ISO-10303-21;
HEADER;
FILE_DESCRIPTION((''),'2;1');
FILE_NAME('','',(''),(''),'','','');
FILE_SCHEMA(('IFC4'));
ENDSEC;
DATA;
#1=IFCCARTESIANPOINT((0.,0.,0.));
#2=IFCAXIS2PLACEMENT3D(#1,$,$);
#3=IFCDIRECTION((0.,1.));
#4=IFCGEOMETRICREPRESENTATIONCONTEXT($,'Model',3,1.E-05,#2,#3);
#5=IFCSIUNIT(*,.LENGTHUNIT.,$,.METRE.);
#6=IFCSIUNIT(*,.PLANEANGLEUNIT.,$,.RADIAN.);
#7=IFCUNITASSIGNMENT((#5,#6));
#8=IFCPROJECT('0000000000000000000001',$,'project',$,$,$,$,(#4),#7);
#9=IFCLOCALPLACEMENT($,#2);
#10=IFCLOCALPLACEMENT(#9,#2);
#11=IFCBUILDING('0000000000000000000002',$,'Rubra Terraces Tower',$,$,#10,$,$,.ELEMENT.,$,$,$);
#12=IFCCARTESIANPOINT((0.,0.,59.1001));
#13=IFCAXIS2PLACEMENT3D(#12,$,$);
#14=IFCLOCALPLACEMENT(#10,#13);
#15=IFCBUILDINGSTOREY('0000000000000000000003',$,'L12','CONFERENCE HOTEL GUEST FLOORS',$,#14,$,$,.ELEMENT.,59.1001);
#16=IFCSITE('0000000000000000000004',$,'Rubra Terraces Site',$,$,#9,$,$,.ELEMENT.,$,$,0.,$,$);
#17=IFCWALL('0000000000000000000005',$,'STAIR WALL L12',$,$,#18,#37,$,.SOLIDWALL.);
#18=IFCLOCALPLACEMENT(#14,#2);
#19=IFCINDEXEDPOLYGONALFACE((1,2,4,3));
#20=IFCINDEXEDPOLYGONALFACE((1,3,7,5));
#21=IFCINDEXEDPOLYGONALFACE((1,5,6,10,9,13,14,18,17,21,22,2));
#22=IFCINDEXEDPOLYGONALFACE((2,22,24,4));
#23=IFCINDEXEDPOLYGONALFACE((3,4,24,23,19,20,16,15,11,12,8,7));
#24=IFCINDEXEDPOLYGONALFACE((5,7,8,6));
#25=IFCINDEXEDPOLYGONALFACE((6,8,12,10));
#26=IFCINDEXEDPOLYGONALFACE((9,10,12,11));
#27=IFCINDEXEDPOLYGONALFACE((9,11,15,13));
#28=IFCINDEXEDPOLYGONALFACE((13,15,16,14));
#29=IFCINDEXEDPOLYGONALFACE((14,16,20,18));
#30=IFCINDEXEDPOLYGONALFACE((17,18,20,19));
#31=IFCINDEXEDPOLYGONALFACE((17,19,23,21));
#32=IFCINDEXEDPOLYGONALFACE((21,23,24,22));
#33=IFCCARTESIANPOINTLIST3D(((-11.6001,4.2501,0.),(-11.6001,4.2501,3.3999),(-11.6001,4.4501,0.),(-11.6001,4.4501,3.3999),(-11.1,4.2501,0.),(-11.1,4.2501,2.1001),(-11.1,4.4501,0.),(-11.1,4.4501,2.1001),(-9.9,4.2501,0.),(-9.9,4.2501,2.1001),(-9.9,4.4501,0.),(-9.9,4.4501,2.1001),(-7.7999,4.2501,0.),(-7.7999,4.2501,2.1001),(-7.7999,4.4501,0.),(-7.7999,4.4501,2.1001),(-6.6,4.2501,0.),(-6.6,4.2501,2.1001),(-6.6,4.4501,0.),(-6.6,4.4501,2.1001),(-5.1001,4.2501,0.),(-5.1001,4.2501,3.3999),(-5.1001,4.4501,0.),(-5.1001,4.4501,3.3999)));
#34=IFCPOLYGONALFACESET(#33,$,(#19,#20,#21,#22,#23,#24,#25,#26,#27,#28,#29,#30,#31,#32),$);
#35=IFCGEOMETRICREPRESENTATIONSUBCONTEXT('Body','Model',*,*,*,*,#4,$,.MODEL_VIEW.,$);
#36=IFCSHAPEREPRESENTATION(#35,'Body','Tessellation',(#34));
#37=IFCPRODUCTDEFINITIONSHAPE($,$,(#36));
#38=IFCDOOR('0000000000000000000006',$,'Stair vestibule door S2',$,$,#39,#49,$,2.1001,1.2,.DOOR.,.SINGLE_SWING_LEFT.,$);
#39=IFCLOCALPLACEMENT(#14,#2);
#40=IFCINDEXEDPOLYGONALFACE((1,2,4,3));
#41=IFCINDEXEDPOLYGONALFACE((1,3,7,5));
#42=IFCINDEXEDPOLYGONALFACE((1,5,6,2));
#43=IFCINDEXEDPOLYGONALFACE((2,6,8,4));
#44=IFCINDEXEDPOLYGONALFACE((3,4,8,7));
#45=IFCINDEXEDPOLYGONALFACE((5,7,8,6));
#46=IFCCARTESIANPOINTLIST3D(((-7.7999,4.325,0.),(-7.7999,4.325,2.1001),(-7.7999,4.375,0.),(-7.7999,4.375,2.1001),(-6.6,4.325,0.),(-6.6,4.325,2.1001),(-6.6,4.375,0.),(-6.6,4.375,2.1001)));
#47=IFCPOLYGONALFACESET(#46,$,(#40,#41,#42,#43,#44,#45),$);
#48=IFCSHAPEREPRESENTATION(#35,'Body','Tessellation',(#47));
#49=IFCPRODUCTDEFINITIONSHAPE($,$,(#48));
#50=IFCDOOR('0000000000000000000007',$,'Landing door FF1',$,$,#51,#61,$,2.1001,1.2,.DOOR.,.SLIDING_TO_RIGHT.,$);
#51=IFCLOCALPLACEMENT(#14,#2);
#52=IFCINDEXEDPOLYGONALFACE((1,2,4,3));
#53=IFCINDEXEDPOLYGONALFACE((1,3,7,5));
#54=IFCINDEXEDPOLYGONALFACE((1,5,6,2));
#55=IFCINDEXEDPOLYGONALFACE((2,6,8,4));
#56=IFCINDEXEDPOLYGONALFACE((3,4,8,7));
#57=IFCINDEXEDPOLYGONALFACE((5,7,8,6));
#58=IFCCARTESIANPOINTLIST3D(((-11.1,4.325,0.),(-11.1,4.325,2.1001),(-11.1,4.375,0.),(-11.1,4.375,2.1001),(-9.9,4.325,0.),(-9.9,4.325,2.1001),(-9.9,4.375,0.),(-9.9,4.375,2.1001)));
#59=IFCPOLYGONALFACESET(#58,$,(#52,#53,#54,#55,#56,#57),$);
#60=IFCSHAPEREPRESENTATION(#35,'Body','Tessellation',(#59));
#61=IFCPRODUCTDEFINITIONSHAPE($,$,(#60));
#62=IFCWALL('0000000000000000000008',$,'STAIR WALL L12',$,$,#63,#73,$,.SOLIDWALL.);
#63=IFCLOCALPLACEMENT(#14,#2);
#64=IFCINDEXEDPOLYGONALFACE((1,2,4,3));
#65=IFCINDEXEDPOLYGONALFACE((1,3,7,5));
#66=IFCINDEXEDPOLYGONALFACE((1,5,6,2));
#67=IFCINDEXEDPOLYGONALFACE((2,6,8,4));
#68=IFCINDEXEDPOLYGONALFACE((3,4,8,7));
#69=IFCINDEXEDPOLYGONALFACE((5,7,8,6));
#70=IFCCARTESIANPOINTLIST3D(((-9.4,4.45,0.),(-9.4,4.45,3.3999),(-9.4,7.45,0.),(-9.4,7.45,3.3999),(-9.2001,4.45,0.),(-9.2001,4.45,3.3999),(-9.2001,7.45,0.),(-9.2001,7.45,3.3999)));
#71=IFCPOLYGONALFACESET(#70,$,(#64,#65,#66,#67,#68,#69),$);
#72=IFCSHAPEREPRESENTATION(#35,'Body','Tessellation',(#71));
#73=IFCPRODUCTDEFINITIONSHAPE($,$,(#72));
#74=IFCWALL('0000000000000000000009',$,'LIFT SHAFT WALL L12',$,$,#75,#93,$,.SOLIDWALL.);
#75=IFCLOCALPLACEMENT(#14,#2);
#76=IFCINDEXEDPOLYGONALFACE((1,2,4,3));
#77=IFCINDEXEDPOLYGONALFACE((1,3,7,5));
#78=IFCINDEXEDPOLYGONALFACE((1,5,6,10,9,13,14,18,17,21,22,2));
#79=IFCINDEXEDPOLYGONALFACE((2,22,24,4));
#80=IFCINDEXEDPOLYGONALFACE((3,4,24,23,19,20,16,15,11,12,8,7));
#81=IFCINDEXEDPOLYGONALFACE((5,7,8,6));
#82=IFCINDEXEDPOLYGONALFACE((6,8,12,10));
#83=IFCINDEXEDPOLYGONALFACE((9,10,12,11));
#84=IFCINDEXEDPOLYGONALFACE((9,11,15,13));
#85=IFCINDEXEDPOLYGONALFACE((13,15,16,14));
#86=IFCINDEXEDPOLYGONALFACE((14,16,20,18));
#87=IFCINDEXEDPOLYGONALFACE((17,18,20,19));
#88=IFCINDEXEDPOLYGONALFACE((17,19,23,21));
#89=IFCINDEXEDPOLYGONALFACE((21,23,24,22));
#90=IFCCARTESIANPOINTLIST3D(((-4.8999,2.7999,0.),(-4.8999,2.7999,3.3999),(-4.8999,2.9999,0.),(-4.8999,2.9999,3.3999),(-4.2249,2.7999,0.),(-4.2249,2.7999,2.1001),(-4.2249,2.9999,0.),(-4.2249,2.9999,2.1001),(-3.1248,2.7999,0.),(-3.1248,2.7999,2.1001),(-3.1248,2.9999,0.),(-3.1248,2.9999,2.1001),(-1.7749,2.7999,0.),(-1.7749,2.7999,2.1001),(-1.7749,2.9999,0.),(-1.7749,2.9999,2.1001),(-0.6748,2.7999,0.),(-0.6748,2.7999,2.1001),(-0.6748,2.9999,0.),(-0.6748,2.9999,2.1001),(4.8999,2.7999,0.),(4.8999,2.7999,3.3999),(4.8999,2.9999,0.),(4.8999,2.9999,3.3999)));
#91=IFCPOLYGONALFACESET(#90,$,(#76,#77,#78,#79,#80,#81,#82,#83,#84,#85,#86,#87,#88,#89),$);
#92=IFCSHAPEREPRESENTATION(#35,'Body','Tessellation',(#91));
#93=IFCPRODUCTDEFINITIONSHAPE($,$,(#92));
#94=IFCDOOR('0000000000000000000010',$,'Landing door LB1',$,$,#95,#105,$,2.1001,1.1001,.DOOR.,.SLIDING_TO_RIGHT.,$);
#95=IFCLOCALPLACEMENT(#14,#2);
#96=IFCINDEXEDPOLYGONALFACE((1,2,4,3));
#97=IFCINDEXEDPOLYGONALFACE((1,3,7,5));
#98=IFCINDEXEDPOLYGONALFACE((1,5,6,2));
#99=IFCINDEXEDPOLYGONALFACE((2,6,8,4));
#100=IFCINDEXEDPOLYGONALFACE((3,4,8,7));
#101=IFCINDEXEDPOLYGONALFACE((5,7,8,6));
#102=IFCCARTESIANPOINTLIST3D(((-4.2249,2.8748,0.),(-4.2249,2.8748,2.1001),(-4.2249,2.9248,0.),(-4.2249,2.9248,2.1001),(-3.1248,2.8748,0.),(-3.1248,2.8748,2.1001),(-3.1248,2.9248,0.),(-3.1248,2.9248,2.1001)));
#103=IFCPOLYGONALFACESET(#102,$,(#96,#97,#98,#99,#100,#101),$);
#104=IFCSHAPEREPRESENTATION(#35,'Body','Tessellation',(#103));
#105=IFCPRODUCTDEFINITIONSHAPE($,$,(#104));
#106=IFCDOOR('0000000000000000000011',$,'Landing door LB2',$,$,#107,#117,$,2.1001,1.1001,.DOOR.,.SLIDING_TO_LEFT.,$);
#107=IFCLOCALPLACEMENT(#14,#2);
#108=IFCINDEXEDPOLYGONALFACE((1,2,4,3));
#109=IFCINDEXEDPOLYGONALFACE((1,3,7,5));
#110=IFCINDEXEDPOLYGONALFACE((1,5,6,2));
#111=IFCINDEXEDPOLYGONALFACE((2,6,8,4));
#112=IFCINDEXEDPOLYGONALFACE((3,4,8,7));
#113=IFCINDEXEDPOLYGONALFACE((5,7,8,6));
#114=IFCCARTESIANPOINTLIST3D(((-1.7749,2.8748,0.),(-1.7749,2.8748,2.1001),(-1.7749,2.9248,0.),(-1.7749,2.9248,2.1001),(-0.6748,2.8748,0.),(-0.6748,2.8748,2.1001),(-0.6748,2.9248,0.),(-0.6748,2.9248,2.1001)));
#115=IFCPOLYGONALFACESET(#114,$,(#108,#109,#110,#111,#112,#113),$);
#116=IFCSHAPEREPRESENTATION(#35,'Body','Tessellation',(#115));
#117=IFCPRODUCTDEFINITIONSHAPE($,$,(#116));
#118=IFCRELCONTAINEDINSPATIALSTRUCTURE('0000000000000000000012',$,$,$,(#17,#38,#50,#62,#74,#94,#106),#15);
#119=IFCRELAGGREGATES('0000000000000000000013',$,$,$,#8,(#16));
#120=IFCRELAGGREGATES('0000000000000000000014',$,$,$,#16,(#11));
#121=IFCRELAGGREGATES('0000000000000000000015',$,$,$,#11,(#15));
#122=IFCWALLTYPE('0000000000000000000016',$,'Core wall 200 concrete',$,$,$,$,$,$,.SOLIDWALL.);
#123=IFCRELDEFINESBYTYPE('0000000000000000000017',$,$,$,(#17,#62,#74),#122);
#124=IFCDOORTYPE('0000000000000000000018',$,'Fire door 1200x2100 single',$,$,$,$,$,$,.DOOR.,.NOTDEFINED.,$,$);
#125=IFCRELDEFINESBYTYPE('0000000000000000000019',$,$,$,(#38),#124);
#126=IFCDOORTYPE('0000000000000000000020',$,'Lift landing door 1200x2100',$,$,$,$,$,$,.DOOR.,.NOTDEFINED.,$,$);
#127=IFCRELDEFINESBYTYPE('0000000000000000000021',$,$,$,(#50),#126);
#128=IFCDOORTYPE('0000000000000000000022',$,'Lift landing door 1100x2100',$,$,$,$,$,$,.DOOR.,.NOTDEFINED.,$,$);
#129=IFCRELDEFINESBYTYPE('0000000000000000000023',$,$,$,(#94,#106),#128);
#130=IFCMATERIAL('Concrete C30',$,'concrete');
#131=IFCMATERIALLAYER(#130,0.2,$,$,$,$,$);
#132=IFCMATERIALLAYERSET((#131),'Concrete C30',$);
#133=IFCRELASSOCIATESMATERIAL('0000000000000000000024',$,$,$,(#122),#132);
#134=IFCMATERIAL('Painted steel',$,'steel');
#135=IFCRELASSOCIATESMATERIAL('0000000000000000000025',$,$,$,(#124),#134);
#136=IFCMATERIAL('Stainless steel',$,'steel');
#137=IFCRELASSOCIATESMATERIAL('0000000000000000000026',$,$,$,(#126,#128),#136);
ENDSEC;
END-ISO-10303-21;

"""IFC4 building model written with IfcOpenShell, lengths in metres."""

from ifc_helpers import new_model, si_unit, direction, frame, frame_2d, origin, place, context, subcontext, project, spatial, rectangle, extrude, material, layer, layer_set, type_object, element, fill, save


model = new_model("IFC4")

# Units and contexts
model_context = context("Model", 3, precision=1e-05, world=origin(), true_north=direction((0.0, 1.0)))
body_context = subcontext(model_context, "Body", "Model", "MODEL_VIEW")
ifc_project = project(units=[si_unit("LENGTHUNIT", "METRE"), si_unit("PLANEANGLEUNIT", "RADIAN")], contexts=[model_context])

# Site, building, storey
site_placement = place(None, origin())
site = spatial("IfcSite", under=ifc_project, at=site_placement, Name="Rubra Terraces Site", CompositionType="ELEMENT", RefElevation=0.0)
building_placement = place(site_placement, origin())
building = spatial("IfcBuilding", under=site, at=building_placement, Name="Rubra Terraces Tower", CompositionType="ELEMENT")
storey_placement = place(building_placement, frame((0.0, 0.0, 59.1001)))
storey = spatial("IfcBuildingStorey", under=building, at=storey_placement, Name="L12", Description="CONFERENCE HOTEL GUEST FLOORS", CompositionType="ELEMENT", Elevation=59.1001)

# Wall, openings, doors
ifc_material_1 = material(Name="Concrete C30", Category="concrete")
ifc_layer_1 = layer(ifc_material_1, 0.2)
ifc_layer_set_1 = layer_set([ifc_layer_1], Name="Concrete C30")
wall_type_1 = type_object("IfcWallType", Name="Core wall 200 concrete", PredefinedType="SOLIDWALL", material=ifc_layer_set_1)
wall_1_placement = place(storey_placement, frame((-11.6001, 4.3501, 0.0), z_axis=(0.0, 0.0, 1.0), x_axis=(1.0, 0.0, 0.0)))
wall_1 = element("IfcWall", 1, at=wall_1_placement, inside=storey, type_object=wall_type_1, Name="STAIR WALL L12", PredefinedType="SOLIDWALL", context=body_context, shape_type="SweptSolid", body=[
    extrude(rectangle(XDim=6.5, YDim=0.2, at=frame_2d((3.25, 0.0))), origin(), (0.0, 0.0, 1.0), 3.3999),
])
opening_1_placement = place(wall_1_placement, frame((3.8, 0.0, 0.0)))
opening_1 = element("IfcOpeningElement", 2, at=opening_1_placement, cuts=wall_1, PredefinedType="OPENING", context=body_context, shape_type="SweptSolid", body=[
    extrude(rectangle(XDim=1.2, YDim=2.1001, at=frame_2d((0.6001, 1.05))), frame((0.0, 0.1099, 0.0), z_axis=(0.0, -1.0, 0.0), x_axis=(1.0, 0.0, 0.0)), (0.0, 0.0, 1.0), 0.22),
])
opening_2_placement = place(wall_1_placement, frame((0.5, 0.0, 0.0)))
opening_2 = element("IfcOpeningElement", 3, at=opening_2_placement, cuts=wall_1, PredefinedType="OPENING", context=body_context, shape_type="SweptSolid", body=[
    extrude(rectangle(XDim=1.2, YDim=2.1001, at=frame_2d((0.6001, 1.05))), frame((0.0, 0.1099, 0.0), z_axis=(0.0, -1.0, 0.0), x_axis=(1.0, 0.0, 0.0)), (0.0, 0.0, 1.0), 0.22),
])
ifc_material_2 = material(Name="Painted steel", Category="steel")
door_type_1 = type_object("IfcDoorType", Name="Fire door 1200x2100 single", OperationType="NOTDEFINED", PredefinedType="DOOR", material=ifc_material_2)
door_1_placement = place(opening_1_placement, origin())
door_1 = element("IfcDoor", 4, at=door_1_placement, inside=storey, type_object=door_type_1, Name="Stair vestibule door S2", OperationType="SINGLE_SWING_LEFT", OverallHeight=2.1001, OverallWidth=1.2, PredefinedType="DOOR", context=body_context, shape_type="SweptSolid", body=[
    extrude(rectangle(XDim=1.2, YDim=2.1001, at=frame_2d((0.6001, 1.05))), frame((0.0, 0.0249, 0.0), z_axis=(0.0, -1.0, 0.0), x_axis=(1.0, 0.0, 0.0)), (0.0, 0.0, 1.0), 0.05),
])
fill(opening_1, door_1)
ifc_material_3 = material(Name="Stainless steel", Category="steel")
door_type_2 = type_object("IfcDoorType", Name="Lift landing door 1200x2100", OperationType="NOTDEFINED", PredefinedType="DOOR", material=ifc_material_3)
door_2_placement = place(opening_2_placement, origin())
door_2 = element("IfcDoor", 5, at=door_2_placement, inside=storey, type_object=door_type_2, Name="Landing door FF1", OperationType="SLIDING_TO_RIGHT", OverallHeight=2.1001, OverallWidth=1.2, PredefinedType="DOOR", context=body_context, shape_type="SweptSolid", body=[
    extrude(rectangle(XDim=1.2, YDim=2.1001, at=frame_2d((0.6001, 1.05))), frame((0.0, 0.0249, 0.0), z_axis=(0.0, -1.0, 0.0), x_axis=(1.0, 0.0, 0.0)), (0.0, 0.0, 1.0), 0.05),
])
fill(opening_2, door_2)

# Wall
wall_2_placement = place(storey_placement, frame((-9.3, 4.45, 0.0), z_axis=(0.0, 0.0, 1.0), x_axis=(0.0, 1.0, 0.0)))
element("IfcWall", 6, at=wall_2_placement, inside=storey, type_object=wall_type_1, Name="STAIR WALL L12", PredefinedType="SOLIDWALL", context=body_context, shape_type="SweptSolid", body=[
    extrude(rectangle(XDim=3.0, YDim=0.2, at=frame_2d((1.5, 0.0))), origin(), (0.0, 0.0, 1.0), 3.3999),
])

# Wall, openings, doors
wall_3_placement = place(storey_placement, frame((-4.8999, 2.8999, 0.0), z_axis=(0.0, 0.0, 1.0), x_axis=(1.0, 0.0, 0.0)))
wall_3 = element("IfcWall", 7, at=wall_3_placement, inside=storey, type_object=wall_type_1, Name="LIFT SHAFT WALL L12", PredefinedType="SOLIDWALL", context=body_context, shape_type="SweptSolid", body=[
    extrude(rectangle(XDim=9.7998, YDim=0.2, at=frame_2d((4.8999, 0.0))), origin(), (0.0, 0.0, 1.0), 3.3999),
])
opening_3_placement = place(wall_3_placement, frame((0.675, 0.0, 0.0)))
opening_3 = element("IfcOpeningElement", 8, at=opening_3_placement, cuts=wall_3, PredefinedType="OPENING", context=body_context, shape_type="SweptSolid", body=[
    extrude(rectangle(XDim=1.1001, YDim=2.1001, at=frame_2d((0.55, 1.05))), frame((0.0, 0.1099, 0.0), z_axis=(0.0, -1.0, 0.0), x_axis=(1.0, 0.0, 0.0)), (0.0, 0.0, 1.0), 0.22),
])
opening_4_placement = place(wall_3_placement, frame((3.125, 0.0, 0.0)))
opening_4 = element("IfcOpeningElement", 9, at=opening_4_placement, cuts=wall_3, PredefinedType="OPENING", context=body_context, shape_type="SweptSolid", body=[
    extrude(rectangle(XDim=1.1001, YDim=2.1001, at=frame_2d((0.55, 1.05))), frame((0.0, 0.1099, 0.0), z_axis=(0.0, -1.0, 0.0), x_axis=(1.0, 0.0, 0.0)), (0.0, 0.0, 1.0), 0.22),
])
door_type_3 = type_object("IfcDoorType", Name="Lift landing door 1100x2100", OperationType="NOTDEFINED", PredefinedType="DOOR", material=ifc_material_3)
door_3_placement = place(opening_3_placement, origin())
door_3 = element("IfcDoor", 10, at=door_3_placement, inside=storey, type_object=door_type_3, Name="Landing door LB1", OperationType="SLIDING_TO_RIGHT", OverallHeight=2.1001, OverallWidth=1.1001, PredefinedType="DOOR", context=body_context, shape_type="SweptSolid", body=[
    extrude(rectangle(XDim=1.1001, YDim=2.1001, at=frame_2d((0.55, 1.05))), frame((0.0, 0.0249, 0.0), z_axis=(0.0, -1.0, 0.0), x_axis=(1.0, 0.0, 0.0)), (0.0, 0.0, 1.0), 0.05),
])
fill(opening_3, door_3)
door_4_placement = place(opening_4_placement, origin())
door_4 = element("IfcDoor", 11, at=door_4_placement, inside=storey, type_object=door_type_3, Name="Landing door LB2", OperationType="SLIDING_TO_LEFT", OverallHeight=2.1001, OverallWidth=1.1001, PredefinedType="DOOR", context=body_context, shape_type="SweptSolid", body=[
    extrude(rectangle(XDim=1.1001, YDim=2.1001, at=frame_2d((0.55, 1.05))), frame((0.0, 0.0249, 0.0), z_axis=(0.0, -1.0, 0.0), x_axis=(1.0, 0.0, 0.0)), (0.0, 0.0, 1.0), 0.05),
])
fill(opening_4, door_4)

save(model, "model.ifc")
